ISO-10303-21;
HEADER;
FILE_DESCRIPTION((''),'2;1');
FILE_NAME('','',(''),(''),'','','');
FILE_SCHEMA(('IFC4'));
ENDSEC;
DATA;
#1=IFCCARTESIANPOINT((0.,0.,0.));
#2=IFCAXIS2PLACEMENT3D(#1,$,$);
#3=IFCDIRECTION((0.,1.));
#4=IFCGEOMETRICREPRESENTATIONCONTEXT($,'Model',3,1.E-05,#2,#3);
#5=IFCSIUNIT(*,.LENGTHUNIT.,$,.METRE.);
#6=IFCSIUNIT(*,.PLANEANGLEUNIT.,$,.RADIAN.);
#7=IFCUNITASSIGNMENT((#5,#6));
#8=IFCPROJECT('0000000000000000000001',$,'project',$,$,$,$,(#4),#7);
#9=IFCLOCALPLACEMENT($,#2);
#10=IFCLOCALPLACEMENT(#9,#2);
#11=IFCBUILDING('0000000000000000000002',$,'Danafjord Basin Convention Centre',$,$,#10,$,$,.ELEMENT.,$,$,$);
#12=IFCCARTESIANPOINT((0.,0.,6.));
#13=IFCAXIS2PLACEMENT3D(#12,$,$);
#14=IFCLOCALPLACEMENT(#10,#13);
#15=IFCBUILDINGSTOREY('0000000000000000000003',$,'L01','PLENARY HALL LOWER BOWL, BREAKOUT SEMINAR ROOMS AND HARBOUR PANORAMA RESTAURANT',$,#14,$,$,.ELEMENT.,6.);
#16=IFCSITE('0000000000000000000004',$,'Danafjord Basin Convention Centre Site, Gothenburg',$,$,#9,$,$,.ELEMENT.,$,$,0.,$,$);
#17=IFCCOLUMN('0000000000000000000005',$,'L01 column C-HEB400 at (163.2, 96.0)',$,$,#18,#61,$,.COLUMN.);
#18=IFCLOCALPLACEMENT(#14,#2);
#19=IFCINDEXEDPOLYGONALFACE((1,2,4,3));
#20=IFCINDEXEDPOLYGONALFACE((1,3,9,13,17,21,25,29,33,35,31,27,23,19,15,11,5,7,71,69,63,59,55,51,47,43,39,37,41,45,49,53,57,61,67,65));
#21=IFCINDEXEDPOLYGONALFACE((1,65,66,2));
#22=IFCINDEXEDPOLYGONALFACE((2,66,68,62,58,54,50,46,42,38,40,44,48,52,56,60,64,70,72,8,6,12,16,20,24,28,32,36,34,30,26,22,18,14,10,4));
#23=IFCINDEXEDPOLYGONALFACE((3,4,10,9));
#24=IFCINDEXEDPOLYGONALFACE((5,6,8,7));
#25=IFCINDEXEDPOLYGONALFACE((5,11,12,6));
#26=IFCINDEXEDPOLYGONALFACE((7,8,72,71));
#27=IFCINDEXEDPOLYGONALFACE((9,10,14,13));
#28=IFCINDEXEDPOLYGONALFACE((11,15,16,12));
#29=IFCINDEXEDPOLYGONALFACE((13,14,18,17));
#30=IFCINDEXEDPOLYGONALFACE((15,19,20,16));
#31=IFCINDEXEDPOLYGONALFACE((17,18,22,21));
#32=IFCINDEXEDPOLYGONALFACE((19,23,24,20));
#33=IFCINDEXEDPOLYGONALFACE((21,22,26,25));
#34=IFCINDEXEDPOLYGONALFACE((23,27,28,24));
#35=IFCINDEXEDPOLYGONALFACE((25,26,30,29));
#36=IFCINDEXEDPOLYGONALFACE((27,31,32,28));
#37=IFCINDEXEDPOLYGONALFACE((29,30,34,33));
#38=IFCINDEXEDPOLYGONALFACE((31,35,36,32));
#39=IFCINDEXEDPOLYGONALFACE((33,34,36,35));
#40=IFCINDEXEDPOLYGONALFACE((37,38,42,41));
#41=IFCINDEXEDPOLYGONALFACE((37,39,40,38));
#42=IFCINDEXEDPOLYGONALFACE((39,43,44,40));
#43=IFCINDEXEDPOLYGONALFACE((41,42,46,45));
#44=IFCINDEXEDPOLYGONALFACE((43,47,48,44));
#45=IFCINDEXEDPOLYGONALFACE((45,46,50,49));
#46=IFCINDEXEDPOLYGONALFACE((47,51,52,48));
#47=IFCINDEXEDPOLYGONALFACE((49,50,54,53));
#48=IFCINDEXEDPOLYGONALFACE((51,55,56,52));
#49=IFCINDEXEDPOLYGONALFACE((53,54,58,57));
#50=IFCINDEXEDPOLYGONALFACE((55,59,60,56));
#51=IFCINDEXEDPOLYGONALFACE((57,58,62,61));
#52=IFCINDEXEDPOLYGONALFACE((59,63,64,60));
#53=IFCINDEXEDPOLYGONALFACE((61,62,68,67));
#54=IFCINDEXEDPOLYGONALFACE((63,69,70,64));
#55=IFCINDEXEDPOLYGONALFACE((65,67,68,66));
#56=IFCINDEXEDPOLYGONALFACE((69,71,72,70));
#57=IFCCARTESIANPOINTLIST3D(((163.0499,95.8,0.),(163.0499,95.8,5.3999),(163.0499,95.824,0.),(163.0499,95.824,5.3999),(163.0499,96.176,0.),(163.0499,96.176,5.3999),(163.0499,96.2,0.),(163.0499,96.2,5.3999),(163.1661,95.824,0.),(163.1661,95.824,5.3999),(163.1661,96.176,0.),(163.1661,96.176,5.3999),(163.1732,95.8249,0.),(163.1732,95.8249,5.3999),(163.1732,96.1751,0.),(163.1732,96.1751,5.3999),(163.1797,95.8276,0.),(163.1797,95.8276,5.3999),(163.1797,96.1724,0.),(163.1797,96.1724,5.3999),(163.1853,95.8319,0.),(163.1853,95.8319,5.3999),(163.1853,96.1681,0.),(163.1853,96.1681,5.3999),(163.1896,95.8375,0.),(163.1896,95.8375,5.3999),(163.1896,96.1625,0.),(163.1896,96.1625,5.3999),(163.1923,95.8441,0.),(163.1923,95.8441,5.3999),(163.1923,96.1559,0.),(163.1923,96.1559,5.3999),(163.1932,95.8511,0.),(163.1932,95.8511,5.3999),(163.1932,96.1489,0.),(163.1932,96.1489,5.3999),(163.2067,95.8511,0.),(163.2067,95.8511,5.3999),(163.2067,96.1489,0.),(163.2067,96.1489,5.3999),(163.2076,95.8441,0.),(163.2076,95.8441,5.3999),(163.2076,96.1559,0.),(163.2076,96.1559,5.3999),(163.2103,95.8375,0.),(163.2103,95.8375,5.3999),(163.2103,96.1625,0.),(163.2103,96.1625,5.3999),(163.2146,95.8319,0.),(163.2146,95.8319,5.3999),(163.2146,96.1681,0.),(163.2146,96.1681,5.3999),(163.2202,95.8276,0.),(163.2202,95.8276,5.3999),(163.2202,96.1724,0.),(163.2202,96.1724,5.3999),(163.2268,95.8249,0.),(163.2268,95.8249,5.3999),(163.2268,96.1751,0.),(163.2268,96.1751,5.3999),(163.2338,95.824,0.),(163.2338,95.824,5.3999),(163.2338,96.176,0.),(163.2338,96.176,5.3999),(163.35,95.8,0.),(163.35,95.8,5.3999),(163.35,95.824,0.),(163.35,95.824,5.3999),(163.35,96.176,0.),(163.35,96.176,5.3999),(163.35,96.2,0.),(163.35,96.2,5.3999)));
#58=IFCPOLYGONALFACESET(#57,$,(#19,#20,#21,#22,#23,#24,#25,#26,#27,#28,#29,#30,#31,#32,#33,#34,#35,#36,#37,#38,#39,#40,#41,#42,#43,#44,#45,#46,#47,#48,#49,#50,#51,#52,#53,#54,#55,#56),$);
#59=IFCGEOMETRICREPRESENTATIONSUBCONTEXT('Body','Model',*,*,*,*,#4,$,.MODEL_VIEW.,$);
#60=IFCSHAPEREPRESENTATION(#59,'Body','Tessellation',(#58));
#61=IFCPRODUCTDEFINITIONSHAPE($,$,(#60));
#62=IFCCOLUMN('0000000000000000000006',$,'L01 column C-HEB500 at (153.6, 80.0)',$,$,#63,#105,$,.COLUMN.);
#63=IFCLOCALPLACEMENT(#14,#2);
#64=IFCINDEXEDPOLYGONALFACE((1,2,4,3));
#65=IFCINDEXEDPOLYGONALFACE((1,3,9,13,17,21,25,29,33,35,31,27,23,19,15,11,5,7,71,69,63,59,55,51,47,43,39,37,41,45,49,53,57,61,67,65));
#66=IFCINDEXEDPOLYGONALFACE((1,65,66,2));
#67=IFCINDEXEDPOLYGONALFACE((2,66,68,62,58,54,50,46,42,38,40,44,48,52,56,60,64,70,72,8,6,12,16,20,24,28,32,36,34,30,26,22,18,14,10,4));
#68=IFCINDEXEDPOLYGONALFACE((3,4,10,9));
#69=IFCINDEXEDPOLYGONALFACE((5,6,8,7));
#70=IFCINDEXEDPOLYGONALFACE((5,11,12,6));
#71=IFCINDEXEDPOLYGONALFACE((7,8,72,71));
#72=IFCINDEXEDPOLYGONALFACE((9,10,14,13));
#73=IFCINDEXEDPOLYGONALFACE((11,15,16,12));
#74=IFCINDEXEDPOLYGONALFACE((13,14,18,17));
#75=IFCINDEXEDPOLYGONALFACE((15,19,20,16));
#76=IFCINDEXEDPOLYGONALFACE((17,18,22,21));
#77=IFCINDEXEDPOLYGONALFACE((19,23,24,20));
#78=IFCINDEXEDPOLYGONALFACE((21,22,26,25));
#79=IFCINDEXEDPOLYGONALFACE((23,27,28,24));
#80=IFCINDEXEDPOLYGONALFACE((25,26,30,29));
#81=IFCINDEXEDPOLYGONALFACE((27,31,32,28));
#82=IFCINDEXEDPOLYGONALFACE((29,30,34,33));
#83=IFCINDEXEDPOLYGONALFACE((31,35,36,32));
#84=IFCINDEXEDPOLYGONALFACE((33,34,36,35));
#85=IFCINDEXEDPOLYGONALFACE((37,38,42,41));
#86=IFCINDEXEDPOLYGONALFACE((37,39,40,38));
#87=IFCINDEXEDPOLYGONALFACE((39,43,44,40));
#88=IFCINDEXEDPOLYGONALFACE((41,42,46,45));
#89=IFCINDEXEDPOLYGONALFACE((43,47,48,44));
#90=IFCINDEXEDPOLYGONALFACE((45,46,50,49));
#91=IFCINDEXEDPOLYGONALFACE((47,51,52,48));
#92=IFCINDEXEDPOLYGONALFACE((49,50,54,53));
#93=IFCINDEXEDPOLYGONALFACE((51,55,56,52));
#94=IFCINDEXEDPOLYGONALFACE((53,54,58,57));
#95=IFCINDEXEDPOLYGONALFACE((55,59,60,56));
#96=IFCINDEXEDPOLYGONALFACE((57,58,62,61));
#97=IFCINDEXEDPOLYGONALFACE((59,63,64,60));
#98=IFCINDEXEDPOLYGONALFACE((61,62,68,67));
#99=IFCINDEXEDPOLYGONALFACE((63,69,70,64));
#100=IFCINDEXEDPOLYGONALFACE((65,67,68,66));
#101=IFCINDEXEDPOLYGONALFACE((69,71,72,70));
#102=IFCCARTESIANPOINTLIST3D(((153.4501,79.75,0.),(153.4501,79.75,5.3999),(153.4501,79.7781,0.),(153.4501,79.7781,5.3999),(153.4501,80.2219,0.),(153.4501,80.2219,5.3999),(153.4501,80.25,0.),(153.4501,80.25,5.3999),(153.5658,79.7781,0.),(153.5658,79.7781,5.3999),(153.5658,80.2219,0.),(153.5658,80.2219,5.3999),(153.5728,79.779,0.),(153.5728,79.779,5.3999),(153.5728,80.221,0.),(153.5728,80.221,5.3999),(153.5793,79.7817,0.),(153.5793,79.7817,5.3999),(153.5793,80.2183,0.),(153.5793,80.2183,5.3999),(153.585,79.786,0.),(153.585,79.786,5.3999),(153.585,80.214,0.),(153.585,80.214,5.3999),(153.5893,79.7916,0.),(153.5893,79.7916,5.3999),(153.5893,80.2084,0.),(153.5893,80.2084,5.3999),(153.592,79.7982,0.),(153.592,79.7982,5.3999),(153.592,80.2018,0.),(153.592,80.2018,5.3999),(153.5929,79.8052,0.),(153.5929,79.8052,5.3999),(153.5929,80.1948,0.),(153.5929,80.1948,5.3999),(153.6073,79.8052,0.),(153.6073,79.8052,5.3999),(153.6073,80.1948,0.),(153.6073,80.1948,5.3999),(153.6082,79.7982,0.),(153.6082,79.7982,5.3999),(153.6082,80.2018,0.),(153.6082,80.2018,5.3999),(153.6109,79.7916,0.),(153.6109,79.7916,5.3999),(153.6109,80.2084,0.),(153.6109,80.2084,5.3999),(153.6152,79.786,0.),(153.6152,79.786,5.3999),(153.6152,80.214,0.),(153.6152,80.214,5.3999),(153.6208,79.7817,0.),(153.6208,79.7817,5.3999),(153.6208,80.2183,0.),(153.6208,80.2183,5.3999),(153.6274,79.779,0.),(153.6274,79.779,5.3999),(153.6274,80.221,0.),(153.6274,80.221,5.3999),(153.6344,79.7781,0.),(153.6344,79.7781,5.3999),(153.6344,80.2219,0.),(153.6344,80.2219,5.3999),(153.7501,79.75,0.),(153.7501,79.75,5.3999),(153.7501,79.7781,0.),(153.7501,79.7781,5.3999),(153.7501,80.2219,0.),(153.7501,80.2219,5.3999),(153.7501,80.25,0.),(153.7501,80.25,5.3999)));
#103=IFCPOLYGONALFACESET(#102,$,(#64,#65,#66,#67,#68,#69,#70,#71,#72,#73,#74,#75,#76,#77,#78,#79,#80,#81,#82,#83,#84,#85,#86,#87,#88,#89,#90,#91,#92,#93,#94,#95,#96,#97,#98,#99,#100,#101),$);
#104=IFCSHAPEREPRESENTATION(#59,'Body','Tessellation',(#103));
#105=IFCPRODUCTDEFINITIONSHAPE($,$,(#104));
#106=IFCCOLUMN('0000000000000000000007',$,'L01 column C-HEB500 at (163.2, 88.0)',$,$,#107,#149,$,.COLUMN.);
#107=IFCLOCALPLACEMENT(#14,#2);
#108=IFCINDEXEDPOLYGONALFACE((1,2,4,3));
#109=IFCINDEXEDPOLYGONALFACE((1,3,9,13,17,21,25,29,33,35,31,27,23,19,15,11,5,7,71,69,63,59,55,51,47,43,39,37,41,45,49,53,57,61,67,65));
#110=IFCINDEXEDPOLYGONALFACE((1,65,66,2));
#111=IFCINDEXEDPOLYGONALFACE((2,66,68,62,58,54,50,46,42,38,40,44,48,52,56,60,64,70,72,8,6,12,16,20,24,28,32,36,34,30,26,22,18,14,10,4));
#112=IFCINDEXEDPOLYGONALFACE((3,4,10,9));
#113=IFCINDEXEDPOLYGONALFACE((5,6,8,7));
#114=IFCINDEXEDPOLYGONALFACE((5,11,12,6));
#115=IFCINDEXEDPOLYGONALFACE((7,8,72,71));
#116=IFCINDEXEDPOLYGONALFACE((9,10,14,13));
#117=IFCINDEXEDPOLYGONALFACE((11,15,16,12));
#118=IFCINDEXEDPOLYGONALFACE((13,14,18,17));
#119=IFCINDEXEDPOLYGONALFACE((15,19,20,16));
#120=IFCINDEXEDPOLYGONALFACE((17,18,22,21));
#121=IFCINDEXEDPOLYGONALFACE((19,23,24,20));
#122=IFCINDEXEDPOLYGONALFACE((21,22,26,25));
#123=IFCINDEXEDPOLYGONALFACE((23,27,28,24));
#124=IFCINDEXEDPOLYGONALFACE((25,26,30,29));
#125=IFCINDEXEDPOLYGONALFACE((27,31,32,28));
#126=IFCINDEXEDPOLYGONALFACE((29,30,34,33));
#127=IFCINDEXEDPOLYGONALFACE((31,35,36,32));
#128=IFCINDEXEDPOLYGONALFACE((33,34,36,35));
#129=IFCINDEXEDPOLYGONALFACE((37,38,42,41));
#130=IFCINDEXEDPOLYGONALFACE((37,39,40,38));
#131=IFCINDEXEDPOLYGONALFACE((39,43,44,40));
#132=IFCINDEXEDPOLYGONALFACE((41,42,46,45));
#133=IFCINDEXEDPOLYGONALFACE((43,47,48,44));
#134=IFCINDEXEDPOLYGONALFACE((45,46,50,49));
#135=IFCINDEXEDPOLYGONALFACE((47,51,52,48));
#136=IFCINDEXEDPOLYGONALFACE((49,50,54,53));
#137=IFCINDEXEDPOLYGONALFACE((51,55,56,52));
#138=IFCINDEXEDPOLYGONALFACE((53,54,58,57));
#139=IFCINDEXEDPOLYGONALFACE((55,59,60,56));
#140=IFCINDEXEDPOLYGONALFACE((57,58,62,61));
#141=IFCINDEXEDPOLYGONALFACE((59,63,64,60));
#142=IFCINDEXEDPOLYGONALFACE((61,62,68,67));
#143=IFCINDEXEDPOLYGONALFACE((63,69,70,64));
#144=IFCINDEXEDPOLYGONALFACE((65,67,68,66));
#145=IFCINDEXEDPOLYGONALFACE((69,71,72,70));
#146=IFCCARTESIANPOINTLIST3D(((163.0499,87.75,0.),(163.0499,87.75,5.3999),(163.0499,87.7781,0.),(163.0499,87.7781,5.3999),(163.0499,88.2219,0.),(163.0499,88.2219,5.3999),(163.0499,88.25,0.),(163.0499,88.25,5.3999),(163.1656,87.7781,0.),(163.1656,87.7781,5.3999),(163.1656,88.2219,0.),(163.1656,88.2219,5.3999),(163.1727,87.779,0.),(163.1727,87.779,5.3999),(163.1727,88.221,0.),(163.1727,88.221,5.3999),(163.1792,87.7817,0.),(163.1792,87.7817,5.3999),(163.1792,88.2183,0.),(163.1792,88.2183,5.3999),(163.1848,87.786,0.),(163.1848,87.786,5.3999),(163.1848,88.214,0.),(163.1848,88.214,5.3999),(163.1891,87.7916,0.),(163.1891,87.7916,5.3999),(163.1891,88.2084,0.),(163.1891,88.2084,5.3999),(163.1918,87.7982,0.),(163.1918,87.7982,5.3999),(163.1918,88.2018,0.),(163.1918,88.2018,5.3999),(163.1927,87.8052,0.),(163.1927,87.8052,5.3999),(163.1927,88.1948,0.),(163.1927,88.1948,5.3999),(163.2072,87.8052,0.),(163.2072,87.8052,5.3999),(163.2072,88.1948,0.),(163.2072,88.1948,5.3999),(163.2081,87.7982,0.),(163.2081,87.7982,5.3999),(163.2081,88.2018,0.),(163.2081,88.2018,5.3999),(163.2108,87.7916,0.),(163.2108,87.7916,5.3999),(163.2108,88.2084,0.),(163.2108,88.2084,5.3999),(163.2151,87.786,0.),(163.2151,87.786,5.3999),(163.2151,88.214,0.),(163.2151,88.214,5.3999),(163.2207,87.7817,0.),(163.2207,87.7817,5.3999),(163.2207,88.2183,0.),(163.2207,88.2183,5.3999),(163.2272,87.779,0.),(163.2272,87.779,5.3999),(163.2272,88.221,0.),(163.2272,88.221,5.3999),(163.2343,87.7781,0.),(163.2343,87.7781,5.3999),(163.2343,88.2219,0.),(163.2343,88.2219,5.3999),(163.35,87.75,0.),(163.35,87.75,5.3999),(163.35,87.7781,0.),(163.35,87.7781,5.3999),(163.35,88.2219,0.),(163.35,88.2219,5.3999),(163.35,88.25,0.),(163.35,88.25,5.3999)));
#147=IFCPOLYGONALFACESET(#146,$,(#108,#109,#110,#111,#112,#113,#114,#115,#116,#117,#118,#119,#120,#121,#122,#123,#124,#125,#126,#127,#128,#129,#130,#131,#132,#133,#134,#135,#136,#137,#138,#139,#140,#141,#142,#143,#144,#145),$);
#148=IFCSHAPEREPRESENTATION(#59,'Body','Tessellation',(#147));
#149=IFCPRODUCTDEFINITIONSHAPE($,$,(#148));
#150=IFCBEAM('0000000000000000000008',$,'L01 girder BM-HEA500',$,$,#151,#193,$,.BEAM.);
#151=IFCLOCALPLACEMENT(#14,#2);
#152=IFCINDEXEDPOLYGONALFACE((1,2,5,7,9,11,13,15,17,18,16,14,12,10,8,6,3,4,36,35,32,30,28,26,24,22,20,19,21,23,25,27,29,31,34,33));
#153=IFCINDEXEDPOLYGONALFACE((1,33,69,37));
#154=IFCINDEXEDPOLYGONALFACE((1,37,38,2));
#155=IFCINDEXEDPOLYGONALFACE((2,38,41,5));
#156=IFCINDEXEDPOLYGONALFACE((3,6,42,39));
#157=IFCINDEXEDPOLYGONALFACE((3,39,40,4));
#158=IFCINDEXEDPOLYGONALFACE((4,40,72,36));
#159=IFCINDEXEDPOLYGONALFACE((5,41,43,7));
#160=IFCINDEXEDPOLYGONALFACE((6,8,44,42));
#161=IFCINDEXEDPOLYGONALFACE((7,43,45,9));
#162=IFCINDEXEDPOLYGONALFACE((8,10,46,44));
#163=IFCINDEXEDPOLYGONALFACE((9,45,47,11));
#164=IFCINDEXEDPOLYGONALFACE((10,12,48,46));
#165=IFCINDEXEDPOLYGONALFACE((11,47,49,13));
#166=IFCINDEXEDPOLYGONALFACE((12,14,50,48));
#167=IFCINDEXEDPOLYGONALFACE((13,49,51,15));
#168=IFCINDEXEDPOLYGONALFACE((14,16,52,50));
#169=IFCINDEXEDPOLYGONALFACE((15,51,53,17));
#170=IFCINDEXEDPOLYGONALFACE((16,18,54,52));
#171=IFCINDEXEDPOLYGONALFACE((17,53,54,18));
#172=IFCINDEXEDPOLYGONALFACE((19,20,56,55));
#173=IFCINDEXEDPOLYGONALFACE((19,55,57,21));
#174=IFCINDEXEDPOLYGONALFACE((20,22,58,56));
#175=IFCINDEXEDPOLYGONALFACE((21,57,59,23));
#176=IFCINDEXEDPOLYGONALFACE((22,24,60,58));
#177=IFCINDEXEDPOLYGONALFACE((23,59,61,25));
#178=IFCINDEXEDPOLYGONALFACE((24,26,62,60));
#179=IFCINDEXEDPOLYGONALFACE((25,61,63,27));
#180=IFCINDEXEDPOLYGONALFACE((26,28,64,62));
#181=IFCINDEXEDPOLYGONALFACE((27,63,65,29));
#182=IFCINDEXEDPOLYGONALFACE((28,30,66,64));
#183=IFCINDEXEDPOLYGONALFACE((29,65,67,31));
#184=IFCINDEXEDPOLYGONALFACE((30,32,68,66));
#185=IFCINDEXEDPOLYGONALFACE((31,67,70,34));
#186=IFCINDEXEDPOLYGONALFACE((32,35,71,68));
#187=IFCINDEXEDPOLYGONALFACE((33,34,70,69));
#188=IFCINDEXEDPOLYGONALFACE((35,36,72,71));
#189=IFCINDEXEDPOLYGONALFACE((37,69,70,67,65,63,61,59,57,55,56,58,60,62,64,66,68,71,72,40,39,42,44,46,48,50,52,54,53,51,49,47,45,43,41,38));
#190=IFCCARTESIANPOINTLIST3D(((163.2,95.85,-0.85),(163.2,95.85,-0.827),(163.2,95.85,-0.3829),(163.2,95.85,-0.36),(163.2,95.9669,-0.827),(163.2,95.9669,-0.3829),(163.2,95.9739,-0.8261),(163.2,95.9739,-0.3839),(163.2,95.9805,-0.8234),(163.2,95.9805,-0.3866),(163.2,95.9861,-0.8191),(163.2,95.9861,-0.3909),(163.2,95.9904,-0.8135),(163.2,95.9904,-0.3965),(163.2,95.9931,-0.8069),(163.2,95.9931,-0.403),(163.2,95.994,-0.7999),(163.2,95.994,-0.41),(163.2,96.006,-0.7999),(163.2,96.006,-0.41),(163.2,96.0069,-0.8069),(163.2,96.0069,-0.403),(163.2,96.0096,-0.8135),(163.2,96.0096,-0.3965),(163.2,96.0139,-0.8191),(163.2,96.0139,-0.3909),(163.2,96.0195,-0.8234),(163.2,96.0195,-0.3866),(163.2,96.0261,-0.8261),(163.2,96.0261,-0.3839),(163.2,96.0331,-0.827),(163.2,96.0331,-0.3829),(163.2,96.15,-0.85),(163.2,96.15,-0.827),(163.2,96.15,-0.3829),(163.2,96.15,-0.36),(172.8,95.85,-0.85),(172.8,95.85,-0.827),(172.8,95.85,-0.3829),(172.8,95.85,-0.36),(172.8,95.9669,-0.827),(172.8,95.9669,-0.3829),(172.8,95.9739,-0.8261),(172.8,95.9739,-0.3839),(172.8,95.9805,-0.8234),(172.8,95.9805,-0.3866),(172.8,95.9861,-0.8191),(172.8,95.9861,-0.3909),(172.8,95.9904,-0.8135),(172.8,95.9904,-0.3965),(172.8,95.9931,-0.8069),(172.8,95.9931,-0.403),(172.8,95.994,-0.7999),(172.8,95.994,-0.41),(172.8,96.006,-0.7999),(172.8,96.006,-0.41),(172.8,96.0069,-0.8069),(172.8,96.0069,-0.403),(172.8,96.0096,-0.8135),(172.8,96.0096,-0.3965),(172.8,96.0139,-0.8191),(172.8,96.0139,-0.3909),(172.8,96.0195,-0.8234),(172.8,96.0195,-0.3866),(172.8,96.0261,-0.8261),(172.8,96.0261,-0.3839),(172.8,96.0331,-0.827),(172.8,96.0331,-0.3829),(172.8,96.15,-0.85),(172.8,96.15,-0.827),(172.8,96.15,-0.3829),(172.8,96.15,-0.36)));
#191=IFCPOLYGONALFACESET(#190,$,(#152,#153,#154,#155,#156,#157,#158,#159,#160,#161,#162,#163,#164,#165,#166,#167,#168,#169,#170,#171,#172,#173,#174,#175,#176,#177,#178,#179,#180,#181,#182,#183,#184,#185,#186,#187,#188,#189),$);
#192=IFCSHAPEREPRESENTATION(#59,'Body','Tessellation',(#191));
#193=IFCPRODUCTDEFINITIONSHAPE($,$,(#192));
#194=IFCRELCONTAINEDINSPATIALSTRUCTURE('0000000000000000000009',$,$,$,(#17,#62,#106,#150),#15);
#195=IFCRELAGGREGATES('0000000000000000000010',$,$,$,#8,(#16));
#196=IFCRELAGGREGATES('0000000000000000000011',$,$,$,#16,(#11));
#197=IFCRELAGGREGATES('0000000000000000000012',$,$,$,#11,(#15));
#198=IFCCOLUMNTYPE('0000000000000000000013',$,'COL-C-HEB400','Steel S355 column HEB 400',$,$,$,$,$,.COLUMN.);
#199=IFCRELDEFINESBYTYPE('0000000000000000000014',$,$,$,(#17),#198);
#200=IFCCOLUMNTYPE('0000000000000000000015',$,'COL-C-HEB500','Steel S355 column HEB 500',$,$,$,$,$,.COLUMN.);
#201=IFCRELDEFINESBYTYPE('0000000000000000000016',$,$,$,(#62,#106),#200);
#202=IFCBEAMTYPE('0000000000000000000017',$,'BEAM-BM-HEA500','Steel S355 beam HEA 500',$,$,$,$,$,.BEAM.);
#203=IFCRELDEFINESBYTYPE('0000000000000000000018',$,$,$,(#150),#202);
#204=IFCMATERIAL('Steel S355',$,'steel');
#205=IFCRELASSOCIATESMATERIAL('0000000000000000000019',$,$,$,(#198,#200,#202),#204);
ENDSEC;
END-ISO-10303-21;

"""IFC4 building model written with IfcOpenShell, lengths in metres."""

from ifc_helpers import new_model, si_unit, direction, frame, origin, origin_2d, place, context, subcontext, project, spatial, i_section, extrude, material, material_profile, profile_set, type_object, element, save


model = new_model("IFC4")

# Units and contexts
model_context = context("Model", 3, precision=1e-05, world=origin(), true_north=direction((0.0, 1.0)))
body_context = subcontext(model_context, "Body", "Model", "MODEL_VIEW")
ifc_project = project(units=[si_unit("LENGTHUNIT", "METRE"), si_unit("PLANEANGLEUNIT", "RADIAN")], contexts=[model_context])

# Site, building, storey
site_placement = place(None, origin())
site = spatial("IfcSite", under=ifc_project, at=site_placement, Name="Danafjord Basin Convention Centre Site, Gothenburg", CompositionType="ELEMENT", RefElevation=0.0)
building_placement = place(site_placement, origin())
building = spatial("IfcBuilding", under=site, at=building_placement, Name="Danafjord Basin Convention Centre", CompositionType="ELEMENT")
storey_placement = place(building_placement, frame((0.0, 0.0, 6.0)))
storey = spatial("IfcBuildingStorey", under=building, at=storey_placement, Name="L01", Description="PLENARY HALL LOWER BOWL, BREAKOUT SEMINAR ROOMS AND HARBOUR PANORAMA RESTAURANT", CompositionType="ELEMENT", Elevation=6.0)

# Columns
ifc_material_1 = material(Name="Steel S355", Category="steel")
ifc_material_profile_1 = material_profile(ifc_material_1, i_section(OverallWidth=0.3, OverallDepth=0.3999, WebThickness=0.0134, FlangeThickness=0.0239, FilletRadius=0.0271, at=origin_2d()), Name="HEB 400")
ifc_profile_set_1 = profile_set([ifc_material_profile_1], Name="Steel S355")
column_type_1 = type_object("IfcColumnType", Name="COL-C-HEB400", Description="Steel S355 column HEB 400", PredefinedType="COLUMN", material=ifc_profile_set_1)
for number, where, z_axis, x_axis, name in (
    (1, (163.2, 96.0, 0.0), (0.0, 0.0, 1.0), (1.0, 0.0, 0.0), "L01 column C-HEB400 at (163.2, 96.0)"),
):
    element("IfcColumn", number, at=place(storey_placement, frame(where, z_axis=z_axis, x_axis=x_axis)), inside=storey, type_object=column_type_1, Name=name, PredefinedType="COLUMN", context=body_context, shape_type="SweptSolid", body=[
        extrude(i_section(OverallWidth=0.3, OverallDepth=0.3999, WebThickness=0.0134, FlangeThickness=0.0239, FilletRadius=0.0271, at=origin_2d()), origin(), (0.0, 0.0, 1.0), 5.3999),
    ])
ifc_material_profile_2 = material_profile(ifc_material_1, i_section(OverallWidth=0.3, OverallDepth=0.5, WebThickness=0.0144, FlangeThickness=0.0281, FilletRadius=0.0271, at=origin_2d()), Name="HEB 500")
ifc_profile_set_2 = profile_set([ifc_material_profile_2], Name="Steel S355")
column_type_2 = type_object("IfcColumnType", Name="COL-C-HEB500", Description="Steel S355 column HEB 500", PredefinedType="COLUMN", material=ifc_profile_set_2)
for number, where, z_axis, x_axis, name in (
    (2, (153.6001, 80.0, 0.0), (0.0, 0.0, 1.0), (1.0, 0.0, 0.0), "L01 column C-HEB500 at (153.6, 80.0)"),
    (3, (163.2, 88.0, 0.0), (0.0, 0.0, 1.0), (1.0, 0.0, 0.0), "L01 column C-HEB500 at (163.2, 88.0)"),
):
    element("IfcColumn", number, at=place(storey_placement, frame(where, z_axis=z_axis, x_axis=x_axis)), inside=storey, type_object=column_type_2, Name=name, PredefinedType="COLUMN", context=body_context, shape_type="SweptSolid", body=[
        extrude(i_section(OverallWidth=0.3, OverallDepth=0.5, WebThickness=0.0144, FlangeThickness=0.0281, FilletRadius=0.0271, at=origin_2d()), origin(), (0.0, 0.0, 1.0), 5.3999),
    ])

# Beam
ifc_material_profile_3 = material_profile(ifc_material_1, i_section(OverallWidth=0.3, OverallDepth=0.49, WebThickness=0.012, FlangeThickness=0.0229, FilletRadius=0.0271, at=origin_2d()), Name="HEA 500")
ifc_profile_set_3 = profile_set([ifc_material_profile_3], Name="Steel S355")
beam_type_1 = type_object("IfcBeamType", Name="BEAM-BM-HEA500", Description="Steel S355 beam HEA 500", PredefinedType="BEAM", material=ifc_profile_set_3)
beam_1_placement = place(storey_placement, frame((163.2, 96.0, -0.605), z_axis=(1.0, 0.0, 0.0), x_axis=(0.0, 1.0, 0.0)))
element("IfcBeam", 4, at=beam_1_placement, inside=storey, type_object=beam_type_1, Name="L01 girder BM-HEA500", PredefinedType="BEAM", context=body_context, shape_type="SweptSolid", body=[
    extrude(i_section(OverallWidth=0.3, OverallDepth=0.49, WebThickness=0.012, FlangeThickness=0.0229, FilletRadius=0.0271, at=origin_2d()), origin(), (0.0, 0.0, 1.0), 9.6001),
])

save(model, "model.ifc")
